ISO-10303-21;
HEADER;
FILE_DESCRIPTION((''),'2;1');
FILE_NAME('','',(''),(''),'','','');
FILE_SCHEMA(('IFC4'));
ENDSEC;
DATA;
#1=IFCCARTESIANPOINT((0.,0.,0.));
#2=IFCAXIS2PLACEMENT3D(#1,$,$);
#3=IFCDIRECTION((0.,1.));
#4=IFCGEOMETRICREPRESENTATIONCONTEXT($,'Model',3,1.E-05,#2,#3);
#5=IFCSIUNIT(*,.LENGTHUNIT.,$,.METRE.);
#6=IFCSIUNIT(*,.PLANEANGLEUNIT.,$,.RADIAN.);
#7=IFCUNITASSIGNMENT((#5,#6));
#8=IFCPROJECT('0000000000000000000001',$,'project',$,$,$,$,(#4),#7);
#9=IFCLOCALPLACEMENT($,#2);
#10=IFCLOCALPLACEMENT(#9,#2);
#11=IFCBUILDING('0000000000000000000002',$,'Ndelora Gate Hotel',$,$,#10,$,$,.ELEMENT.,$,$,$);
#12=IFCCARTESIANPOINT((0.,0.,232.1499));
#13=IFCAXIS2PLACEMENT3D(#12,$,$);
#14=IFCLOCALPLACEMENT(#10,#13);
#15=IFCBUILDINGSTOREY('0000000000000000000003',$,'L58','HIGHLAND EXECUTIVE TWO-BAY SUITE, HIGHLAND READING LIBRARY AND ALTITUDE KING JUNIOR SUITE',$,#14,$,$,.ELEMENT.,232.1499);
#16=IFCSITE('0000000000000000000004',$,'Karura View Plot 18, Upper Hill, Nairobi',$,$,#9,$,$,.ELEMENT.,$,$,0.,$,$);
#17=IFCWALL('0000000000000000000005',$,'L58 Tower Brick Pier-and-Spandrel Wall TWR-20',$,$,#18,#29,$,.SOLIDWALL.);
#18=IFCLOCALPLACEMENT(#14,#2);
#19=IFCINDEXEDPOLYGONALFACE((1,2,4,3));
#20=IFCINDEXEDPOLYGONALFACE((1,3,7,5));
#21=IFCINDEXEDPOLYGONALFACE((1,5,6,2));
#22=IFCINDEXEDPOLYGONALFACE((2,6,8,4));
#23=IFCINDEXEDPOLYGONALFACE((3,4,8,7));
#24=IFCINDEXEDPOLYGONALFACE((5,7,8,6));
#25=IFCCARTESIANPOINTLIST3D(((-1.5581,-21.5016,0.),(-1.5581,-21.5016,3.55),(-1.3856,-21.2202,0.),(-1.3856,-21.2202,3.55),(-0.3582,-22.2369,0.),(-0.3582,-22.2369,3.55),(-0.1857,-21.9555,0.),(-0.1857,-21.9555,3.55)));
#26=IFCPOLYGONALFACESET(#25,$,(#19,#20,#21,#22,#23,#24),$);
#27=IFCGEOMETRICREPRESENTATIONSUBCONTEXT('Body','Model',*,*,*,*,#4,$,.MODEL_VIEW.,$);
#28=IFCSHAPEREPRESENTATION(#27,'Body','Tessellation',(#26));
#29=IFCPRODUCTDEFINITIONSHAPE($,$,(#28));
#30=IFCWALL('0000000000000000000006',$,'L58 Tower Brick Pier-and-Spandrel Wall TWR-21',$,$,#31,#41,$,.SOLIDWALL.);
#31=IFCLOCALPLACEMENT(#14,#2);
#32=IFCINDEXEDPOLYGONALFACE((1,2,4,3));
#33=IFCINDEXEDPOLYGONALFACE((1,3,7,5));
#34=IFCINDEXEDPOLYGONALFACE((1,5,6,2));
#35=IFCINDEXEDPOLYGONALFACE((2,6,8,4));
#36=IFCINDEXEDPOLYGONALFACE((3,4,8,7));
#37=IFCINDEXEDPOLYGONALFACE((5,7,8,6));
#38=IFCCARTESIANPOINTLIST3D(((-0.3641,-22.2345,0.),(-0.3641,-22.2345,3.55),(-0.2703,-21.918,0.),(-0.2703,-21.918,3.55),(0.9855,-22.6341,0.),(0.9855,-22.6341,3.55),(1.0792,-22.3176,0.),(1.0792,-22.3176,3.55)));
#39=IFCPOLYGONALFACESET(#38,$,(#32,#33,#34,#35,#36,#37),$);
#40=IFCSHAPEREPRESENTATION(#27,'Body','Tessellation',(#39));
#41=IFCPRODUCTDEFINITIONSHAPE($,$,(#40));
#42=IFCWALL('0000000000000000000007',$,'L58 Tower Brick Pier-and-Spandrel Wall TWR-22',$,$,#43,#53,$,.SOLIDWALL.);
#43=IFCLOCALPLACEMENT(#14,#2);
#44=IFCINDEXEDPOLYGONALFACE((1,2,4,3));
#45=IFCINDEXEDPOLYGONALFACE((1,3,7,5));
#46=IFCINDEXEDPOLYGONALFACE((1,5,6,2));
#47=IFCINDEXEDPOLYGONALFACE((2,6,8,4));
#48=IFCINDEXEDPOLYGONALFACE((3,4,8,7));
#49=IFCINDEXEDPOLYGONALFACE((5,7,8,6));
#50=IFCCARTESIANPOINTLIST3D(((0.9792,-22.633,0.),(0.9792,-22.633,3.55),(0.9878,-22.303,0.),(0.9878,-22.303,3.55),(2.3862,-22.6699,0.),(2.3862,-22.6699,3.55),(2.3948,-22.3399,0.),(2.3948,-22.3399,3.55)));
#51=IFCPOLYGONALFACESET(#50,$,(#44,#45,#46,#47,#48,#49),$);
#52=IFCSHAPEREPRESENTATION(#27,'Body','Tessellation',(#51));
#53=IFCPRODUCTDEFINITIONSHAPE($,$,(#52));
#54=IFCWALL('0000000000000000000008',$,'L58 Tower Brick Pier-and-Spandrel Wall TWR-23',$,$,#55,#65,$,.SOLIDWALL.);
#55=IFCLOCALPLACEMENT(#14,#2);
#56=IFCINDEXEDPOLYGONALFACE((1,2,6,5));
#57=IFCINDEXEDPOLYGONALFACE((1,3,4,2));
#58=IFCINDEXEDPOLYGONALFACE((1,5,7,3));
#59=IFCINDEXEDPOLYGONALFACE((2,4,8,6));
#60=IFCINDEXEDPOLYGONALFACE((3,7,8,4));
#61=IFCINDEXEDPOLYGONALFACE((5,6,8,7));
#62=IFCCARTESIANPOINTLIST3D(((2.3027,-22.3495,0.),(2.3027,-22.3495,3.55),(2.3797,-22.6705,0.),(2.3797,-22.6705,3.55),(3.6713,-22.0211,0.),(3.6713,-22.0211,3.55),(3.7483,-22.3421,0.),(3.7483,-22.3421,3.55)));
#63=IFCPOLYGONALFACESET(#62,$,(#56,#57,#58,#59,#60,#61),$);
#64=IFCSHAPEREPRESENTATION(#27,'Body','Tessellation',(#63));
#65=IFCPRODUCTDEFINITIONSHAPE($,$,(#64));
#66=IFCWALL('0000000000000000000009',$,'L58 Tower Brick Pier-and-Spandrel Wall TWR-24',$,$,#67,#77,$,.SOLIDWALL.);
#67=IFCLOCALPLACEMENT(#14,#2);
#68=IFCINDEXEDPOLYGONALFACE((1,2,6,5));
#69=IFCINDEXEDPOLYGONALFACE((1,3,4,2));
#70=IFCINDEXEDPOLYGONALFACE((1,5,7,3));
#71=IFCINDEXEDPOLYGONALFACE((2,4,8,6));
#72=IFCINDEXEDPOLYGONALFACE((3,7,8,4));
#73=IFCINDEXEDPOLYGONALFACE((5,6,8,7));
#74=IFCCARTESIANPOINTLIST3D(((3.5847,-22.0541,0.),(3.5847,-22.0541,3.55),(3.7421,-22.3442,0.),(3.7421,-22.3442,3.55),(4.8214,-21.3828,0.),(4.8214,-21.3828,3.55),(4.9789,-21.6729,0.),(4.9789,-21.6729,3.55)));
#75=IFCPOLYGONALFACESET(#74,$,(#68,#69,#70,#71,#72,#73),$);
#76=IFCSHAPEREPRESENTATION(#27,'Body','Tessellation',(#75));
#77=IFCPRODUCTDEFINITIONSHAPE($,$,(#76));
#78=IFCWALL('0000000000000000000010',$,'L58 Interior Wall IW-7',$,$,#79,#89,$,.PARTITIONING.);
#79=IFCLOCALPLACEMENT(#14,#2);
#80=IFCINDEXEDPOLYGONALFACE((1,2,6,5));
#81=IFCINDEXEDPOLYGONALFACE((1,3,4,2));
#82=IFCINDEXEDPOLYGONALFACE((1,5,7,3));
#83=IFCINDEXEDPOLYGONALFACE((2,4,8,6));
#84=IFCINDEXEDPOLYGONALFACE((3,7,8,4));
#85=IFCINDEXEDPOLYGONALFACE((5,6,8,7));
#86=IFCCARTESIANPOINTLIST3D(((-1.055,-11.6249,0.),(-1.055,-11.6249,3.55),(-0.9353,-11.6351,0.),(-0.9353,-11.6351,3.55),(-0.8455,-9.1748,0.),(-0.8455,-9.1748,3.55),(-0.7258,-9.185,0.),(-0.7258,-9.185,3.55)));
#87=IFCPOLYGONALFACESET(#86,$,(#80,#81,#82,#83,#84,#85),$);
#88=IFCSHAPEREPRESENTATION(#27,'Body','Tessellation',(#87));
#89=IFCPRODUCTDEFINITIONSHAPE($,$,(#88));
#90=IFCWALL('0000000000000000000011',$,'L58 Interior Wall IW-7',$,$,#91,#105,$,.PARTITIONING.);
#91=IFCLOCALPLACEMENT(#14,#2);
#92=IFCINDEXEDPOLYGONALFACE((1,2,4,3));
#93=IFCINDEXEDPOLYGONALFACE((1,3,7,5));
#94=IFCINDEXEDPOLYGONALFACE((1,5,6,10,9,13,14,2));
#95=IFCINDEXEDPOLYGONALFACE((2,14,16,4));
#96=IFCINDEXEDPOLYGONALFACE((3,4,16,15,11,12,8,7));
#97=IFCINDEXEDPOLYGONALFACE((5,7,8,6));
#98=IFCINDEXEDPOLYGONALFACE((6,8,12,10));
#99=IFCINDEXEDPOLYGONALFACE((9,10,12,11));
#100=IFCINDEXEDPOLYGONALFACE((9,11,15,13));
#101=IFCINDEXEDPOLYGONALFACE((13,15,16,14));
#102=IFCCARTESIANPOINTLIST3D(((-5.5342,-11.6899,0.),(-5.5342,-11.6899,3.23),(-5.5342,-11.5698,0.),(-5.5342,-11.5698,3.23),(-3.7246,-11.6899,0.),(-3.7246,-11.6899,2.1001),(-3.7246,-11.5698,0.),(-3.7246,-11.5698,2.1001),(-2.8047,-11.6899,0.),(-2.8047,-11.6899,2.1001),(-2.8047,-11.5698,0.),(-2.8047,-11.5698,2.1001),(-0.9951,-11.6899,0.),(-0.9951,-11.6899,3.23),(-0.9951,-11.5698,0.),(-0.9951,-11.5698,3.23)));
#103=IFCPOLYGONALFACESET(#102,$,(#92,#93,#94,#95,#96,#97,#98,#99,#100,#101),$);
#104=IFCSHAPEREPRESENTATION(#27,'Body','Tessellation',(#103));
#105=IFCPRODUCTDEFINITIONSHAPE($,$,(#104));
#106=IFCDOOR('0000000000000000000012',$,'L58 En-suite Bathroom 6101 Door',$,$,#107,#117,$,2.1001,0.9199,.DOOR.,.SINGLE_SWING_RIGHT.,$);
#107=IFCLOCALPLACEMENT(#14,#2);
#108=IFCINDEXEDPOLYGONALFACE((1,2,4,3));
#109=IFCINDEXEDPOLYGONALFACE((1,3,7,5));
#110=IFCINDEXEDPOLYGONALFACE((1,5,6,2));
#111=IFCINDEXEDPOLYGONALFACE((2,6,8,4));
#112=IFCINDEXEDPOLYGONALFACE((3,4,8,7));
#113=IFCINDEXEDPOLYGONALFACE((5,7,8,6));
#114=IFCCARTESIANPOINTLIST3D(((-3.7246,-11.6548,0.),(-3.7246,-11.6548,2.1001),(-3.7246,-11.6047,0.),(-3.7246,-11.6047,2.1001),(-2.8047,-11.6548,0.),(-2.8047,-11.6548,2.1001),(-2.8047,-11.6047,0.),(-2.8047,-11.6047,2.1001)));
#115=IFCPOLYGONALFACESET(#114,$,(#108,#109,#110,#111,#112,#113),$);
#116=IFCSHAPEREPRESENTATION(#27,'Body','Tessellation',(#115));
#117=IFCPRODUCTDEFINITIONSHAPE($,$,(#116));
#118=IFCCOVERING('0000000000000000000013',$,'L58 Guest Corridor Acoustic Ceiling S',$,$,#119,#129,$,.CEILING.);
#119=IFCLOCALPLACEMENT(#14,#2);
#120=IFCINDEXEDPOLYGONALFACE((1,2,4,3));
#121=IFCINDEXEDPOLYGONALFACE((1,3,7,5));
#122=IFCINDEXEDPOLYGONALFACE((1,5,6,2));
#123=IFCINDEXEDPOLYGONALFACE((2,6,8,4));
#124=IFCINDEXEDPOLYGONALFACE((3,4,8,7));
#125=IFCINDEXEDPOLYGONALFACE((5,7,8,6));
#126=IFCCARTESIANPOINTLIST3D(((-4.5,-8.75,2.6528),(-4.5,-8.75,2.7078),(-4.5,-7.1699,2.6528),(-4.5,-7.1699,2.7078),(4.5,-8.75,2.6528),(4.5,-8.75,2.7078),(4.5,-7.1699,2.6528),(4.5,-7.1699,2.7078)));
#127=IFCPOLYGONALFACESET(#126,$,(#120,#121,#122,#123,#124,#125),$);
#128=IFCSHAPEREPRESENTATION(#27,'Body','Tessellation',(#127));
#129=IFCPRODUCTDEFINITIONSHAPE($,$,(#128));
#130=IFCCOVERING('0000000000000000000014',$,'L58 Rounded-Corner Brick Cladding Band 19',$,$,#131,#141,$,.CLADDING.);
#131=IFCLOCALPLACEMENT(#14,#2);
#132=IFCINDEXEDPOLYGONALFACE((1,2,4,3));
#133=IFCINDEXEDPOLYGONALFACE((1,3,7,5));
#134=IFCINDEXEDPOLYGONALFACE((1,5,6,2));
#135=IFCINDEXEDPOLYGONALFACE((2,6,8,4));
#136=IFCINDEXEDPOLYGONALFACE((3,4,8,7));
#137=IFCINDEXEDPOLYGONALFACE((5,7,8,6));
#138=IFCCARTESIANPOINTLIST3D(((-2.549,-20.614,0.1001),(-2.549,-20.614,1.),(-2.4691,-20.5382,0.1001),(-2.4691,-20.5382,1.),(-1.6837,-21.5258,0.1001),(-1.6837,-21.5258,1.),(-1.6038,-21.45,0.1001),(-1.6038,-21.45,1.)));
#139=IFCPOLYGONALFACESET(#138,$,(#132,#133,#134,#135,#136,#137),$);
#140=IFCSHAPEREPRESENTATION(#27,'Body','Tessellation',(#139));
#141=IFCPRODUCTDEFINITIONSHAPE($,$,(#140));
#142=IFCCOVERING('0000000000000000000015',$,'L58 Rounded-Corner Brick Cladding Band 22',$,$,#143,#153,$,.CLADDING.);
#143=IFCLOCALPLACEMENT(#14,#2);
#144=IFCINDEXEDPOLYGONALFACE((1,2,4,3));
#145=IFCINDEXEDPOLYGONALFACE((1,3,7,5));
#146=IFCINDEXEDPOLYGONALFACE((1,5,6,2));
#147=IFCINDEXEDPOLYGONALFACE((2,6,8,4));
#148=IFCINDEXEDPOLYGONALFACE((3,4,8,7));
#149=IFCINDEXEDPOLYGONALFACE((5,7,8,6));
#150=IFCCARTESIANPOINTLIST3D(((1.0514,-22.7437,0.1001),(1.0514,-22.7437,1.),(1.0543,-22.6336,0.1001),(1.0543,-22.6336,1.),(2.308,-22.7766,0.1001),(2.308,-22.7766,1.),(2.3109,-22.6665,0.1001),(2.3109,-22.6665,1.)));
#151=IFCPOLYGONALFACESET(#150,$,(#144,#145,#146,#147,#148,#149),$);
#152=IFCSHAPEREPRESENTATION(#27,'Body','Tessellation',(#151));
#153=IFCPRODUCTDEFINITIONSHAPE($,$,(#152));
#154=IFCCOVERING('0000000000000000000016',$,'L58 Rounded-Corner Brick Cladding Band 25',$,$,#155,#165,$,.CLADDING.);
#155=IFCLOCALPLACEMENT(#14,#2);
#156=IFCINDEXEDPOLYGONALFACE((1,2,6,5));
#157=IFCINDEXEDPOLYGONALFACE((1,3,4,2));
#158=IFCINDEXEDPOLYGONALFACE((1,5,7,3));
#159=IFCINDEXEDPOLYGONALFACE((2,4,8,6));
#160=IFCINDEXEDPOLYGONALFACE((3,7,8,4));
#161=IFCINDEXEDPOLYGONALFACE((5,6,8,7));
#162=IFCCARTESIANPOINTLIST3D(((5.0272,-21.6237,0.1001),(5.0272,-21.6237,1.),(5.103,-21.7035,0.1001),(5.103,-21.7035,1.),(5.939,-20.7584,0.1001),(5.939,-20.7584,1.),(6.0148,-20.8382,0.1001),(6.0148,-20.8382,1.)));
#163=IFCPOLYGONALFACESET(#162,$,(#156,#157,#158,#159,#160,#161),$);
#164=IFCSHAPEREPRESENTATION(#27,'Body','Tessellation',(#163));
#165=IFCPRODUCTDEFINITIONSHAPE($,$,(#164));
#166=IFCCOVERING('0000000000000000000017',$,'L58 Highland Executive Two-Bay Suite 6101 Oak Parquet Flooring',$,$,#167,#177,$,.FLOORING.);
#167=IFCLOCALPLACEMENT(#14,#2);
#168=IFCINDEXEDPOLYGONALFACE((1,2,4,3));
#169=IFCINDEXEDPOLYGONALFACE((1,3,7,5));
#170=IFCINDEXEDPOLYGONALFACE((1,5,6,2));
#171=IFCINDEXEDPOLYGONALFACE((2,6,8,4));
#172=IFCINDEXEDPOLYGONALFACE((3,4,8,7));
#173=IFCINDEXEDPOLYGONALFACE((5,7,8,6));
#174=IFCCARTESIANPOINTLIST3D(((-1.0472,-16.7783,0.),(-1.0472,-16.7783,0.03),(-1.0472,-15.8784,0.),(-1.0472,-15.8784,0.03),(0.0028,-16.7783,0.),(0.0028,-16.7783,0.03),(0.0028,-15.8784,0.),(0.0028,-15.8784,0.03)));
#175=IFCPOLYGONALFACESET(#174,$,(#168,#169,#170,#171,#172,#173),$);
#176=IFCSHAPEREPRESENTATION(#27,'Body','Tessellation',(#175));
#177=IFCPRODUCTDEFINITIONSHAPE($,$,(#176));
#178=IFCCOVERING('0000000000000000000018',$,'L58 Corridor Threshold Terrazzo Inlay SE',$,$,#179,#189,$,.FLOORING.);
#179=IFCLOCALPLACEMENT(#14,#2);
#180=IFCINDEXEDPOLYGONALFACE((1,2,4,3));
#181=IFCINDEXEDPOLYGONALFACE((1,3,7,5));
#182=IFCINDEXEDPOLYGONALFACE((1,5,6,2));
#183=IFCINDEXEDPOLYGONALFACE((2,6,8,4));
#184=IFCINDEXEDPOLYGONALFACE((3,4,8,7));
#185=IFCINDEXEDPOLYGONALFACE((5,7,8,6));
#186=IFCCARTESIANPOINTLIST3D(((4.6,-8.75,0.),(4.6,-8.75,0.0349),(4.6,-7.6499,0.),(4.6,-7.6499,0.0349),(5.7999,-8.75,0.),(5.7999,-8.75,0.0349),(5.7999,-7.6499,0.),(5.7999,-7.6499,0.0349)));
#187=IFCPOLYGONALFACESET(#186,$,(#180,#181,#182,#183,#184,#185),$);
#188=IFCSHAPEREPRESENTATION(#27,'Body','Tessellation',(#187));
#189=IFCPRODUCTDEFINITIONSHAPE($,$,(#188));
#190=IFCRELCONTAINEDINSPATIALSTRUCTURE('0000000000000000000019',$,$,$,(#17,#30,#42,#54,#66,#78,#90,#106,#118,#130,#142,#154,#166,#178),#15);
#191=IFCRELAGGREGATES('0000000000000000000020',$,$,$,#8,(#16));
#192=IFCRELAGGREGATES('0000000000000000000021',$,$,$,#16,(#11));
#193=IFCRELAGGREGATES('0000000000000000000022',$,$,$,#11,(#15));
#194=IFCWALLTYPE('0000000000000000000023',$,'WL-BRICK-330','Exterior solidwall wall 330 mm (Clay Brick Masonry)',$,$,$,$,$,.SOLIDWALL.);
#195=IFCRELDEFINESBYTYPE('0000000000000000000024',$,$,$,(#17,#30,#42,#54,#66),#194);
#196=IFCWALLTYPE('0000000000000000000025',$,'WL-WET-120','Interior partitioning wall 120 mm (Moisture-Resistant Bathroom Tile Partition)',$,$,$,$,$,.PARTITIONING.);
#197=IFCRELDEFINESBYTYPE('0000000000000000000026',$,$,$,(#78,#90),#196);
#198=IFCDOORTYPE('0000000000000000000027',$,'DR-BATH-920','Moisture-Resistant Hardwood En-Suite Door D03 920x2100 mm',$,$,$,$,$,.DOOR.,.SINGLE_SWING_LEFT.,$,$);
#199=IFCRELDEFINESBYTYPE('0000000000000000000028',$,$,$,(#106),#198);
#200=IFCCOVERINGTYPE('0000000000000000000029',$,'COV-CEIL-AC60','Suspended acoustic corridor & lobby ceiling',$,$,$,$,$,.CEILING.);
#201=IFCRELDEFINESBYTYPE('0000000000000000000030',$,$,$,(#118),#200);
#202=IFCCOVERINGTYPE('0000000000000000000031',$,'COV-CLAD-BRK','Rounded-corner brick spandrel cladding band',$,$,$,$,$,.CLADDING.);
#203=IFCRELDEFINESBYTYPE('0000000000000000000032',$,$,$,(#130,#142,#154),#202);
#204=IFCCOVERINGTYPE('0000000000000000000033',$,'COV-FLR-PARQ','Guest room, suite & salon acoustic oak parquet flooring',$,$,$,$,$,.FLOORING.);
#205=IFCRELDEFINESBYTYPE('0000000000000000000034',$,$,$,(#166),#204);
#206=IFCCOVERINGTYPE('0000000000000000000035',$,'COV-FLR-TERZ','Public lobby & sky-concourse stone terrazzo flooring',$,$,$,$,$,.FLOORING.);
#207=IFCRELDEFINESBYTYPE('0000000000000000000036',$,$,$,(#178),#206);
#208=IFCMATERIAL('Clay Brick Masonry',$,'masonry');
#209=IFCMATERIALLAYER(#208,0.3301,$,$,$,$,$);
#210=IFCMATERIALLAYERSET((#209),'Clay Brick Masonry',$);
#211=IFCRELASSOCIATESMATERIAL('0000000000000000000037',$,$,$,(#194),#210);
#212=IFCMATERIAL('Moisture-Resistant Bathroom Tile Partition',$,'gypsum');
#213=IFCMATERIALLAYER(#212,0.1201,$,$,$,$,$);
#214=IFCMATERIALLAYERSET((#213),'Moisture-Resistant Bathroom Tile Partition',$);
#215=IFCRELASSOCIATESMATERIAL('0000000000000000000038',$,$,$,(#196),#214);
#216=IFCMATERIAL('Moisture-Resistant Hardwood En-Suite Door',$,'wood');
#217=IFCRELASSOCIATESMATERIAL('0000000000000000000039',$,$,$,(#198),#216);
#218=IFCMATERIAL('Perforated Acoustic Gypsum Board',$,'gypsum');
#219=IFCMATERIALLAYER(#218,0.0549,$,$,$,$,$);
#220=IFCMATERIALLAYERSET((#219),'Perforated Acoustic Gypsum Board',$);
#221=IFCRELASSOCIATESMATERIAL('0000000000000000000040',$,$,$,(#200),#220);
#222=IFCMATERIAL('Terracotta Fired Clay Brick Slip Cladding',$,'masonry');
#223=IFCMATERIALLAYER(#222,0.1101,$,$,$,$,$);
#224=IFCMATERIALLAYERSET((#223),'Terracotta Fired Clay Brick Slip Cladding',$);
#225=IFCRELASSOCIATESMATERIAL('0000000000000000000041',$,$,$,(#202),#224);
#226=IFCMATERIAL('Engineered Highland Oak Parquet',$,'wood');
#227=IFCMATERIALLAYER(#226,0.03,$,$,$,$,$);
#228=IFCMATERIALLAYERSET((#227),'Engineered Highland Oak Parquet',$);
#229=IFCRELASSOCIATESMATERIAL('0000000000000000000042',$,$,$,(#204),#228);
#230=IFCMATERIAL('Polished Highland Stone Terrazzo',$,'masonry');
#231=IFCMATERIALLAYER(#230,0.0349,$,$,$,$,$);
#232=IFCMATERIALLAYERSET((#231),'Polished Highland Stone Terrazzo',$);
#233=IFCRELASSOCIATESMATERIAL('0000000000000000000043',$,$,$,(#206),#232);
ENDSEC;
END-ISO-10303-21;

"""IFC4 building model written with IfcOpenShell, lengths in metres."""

from ifc_helpers import new_model, si_unit, direction, frame, frame_2d, origin, origin_2d, place, context, subcontext, project, spatial, rectangle, extrude, material, layer, layer_set, type_object, element, fill, save


model = new_model("IFC4")

# Units and contexts
model_context = context("Model", 3, precision=1e-05, world=origin(), true_north=direction((0.0, 1.0)))
body_context = subcontext(model_context, "Body", "Model", "MODEL_VIEW")
ifc_project = project(units=[si_unit("LENGTHUNIT", "METRE"), si_unit("PLANEANGLEUNIT", "RADIAN")], contexts=[model_context])

# Site, building, storey
site_placement = place(None, origin())
site = spatial("IfcSite", under=ifc_project, at=site_placement, Name="Karura View Plot 18, Upper Hill, Nairobi", CompositionType="ELEMENT", RefElevation=0.0)
building_placement = place(site_placement, origin())
building = spatial("IfcBuilding", under=site, at=building_placement, Name="Ndelora Gate Hotel", CompositionType="ELEMENT")
storey_placement = place(building_placement, frame((0.0, 0.0, 232.1499)))
storey = spatial("IfcBuildingStorey", under=building, at=storey_placement, Name="L58", Description="HIGHLAND EXECUTIVE TWO-BAY SUITE, HIGHLAND READING LIBRARY AND ALTITUDE KING JUNIOR SUITE", CompositionType="ELEMENT", Elevation=232.1499)

# Walls
ifc_material_1 = material(Name="Clay Brick Masonry", Category="masonry")
ifc_layer_1 = layer(ifc_material_1, 0.3301)
ifc_layer_set_1 = layer_set([ifc_layer_1], Name="Clay Brick Masonry")
wall_type_1 = type_object("IfcWallType", Name="WL-BRICK-330", Description="Exterior solidwall wall 330 mm (Clay Brick Masonry)", PredefinedType="SOLIDWALL", material=ifc_layer_set_1)
wall_1_placement = place(storey_placement, frame((-0.272, -22.0962, 0.0), z_axis=(0.0, 0.0, 1.0), x_axis=(-0.852634, 0.522509, 0.0)))
element("IfcWall", 1, at=wall_1_placement, inside=storey, type_object=wall_type_1, Name="L58 Tower Brick Pier-and-Spandrel Wall TWR-20", PredefinedType="SOLIDWALL", context=body_context, shape_type="SweptSolid", body=[
    extrude(rectangle(XDim=1.4072, YDim=0.3301, at=frame_2d((0.7036, 0.0))), origin(), (0.0, 0.0, 1.0), 3.55),
])
for number, where, z_axis, x_axis, name in (
    (2, (1.0322, -22.4758, 0.0), (0.0, 0.0, 1.0), (-0.958842, 0.283941, 0.0), "L58 Tower Brick Pier-and-Spandrel Wall TWR-21"),
    (3, (2.3904, -22.5049, 0.0), (0.0, 0.0, 1.0), (-0.999657, 0.026193, 0.0), "L58 Tower Brick Pier-and-Spandrel Wall TWR-22"),
    (4, (3.7097, -22.1816, 0.0), (0.0, 0.0, 1.0), (-0.972405, -0.233301, 0.0), "L58 Tower Brick Pier-and-Spandrel Wall TWR-23"),
):
    element("IfcWall", number, at=place(storey_placement, frame(where, z_axis=z_axis, x_axis=x_axis)), inside=storey, type_object=wall_type_1, Name=name, PredefinedType="SOLIDWALL", context=body_context, shape_type="SweptSolid", body=[
        extrude(rectangle(XDim=1.4075, YDim=0.3301, at=frame_2d((0.7036, 0.0))), origin(), (0.0, 0.0, 1.0), 3.55),
    ])
wall_2_placement = place(storey_placement, frame((4.9001, -21.5278, 0.0), z_axis=(0.0, 0.0, 1.0), x_axis=(-0.878862, -0.477077, 0.0)))
element("IfcWall", 5, at=wall_2_placement, inside=storey, type_object=wall_type_1, Name="L58 Tower Brick Pier-and-Spandrel Wall TWR-24", PredefinedType="SOLIDWALL", context=body_context, shape_type="SweptSolid", body=[
    extrude(rectangle(XDim=1.4072, YDim=0.3301, at=frame_2d((0.7036, 0.0))), origin(), (0.0, 0.0, 1.0), 3.55),
])
ifc_material_2 = material(Name="Moisture-Resistant Bathroom Tile Partition", Category="gypsum")
ifc_layer_2 = layer(ifc_material_2, 0.1201)
ifc_layer_set_2 = layer_set([ifc_layer_2], Name="Moisture-Resistant Bathroom Tile Partition")
wall_type_2 = type_object("IfcWallType", Name="WL-WET-120", Description="Interior partitioning wall 120 mm (Moisture-Resistant Bathroom Tile Partition)", PredefinedType="PARTITIONING", material=ifc_layer_set_2)
wall_3_placement = place(storey_placement, frame((-0.7856, -9.1799, 0.0), z_axis=(0.0, 0.0, 1.0), x_axis=(-0.08519, -0.996365, 0.0)))
element("IfcWall", 6, at=wall_3_placement, inside=storey, type_object=wall_type_2, Name="L58 Interior Wall IW-7", PredefinedType="PARTITIONING", context=body_context, shape_type="SweptSolid", body=[
    extrude(rectangle(XDim=2.459, YDim=0.1201, at=frame_2d((1.2295, 0.0))), origin(), (0.0, 0.0, 1.0), 3.55),
])

# Wall, opening, door
wall_4_placement = place(storey_placement, frame((-0.9951, -11.6299, 0.0), z_axis=(0.0, 0.0, 1.0), x_axis=(-1.0, 0.0, 0.0)))
wall_4 = element("IfcWall", 7, at=wall_4_placement, inside=storey, type_object=wall_type_2, Name="L58 Interior Wall IW-7", PredefinedType="PARTITIONING", context=body_context, shape_type="SweptSolid", body=[
    extrude(rectangle(XDim=4.5391, YDim=0.1201, at=frame_2d((2.2695, 0.0))), origin(), (0.0, 0.0, 1.0), 3.23),
])
opening_placement = place(wall_4_placement, frame((1.8096, 0.0, 0.0)))
opening = element("IfcOpeningElement", 8, at=opening_placement, cuts=wall_4, PredefinedType="OPENING", context=body_context, shape_type="SweptSolid", body=[
    extrude(rectangle(XDim=0.9199, YDim=2.1001, at=frame_2d((0.46, 1.05))), frame((0.0, 0.0701, 0.0), z_axis=(0.0, -1.0, 0.0), x_axis=(1.0, 0.0, 0.0)), (0.0, 0.0, 1.0), 0.1401),
])
ifc_material_3 = material(Name="Moisture-Resistant Hardwood En-Suite Door", Category="wood")
door_type = type_object("IfcDoorType", Name="DR-BATH-920", Description="Moisture-Resistant Hardwood En-Suite Door D03 920x2100 mm", OperationType="SINGLE_SWING_LEFT", PredefinedType="DOOR", material=ifc_material_3)
door_placement = place(opening_placement, origin())
door = element("IfcDoor", 9, at=door_placement, inside=storey, type_object=door_type, Name="L58 En-suite Bathroom 6101 Door", OperationType="SINGLE_SWING_RIGHT", OverallHeight=2.1001, OverallWidth=0.9199, PredefinedType="DOOR", context=body_context, shape_type="SweptSolid", body=[
    extrude(rectangle(XDim=0.9199, YDim=2.1001, at=frame_2d((0.46, 1.05))), frame((0.0, 0.0249, 0.0), z_axis=(0.0, -1.0, 0.0), x_axis=(1.0, 0.0, 0.0)), (0.0, 0.0, 1.0), 0.05),
])
fill(opening, door)

# Coverings
ifc_material_4 = material(Name="Perforated Acoustic Gypsum Board", Category="gypsum")
ifc_layer_3 = layer(ifc_material_4, 0.0549)
ifc_layer_set_3 = layer_set([ifc_layer_3], Name="Perforated Acoustic Gypsum Board")
covering_type_1 = type_object("IfcCoveringType", Name="COV-CEIL-AC60", Description="Suspended acoustic corridor & lobby ceiling", PredefinedType="CEILING", material=ifc_layer_set_3)
covering_1_placement = place(storey_placement, frame((0.0, -7.96, 2.6528), z_axis=(0.0, 0.0, 1.0), x_axis=(1.0, 0.0, 0.0)))
element("IfcCovering", 10, at=covering_1_placement, inside=storey, type_object=covering_type_1, Name="L58 Guest Corridor Acoustic Ceiling S", PredefinedType="CEILING", context=body_context, shape_type="SweptSolid", body=[
    extrude(rectangle(XDim=9.0, YDim=1.5801, at=origin_2d()), origin(), (0.0, 0.0, 1.0), 0.0549),
])
ifc_material_5 = material(Name="Terracotta Fired Clay Brick Slip Cladding", Category="masonry")
ifc_layer_4 = layer(ifc_material_5, 0.1101)
ifc_layer_set_4 = layer_set([ifc_layer_4], Name="Terracotta Fired Clay Brick Slip Cladding")
covering_type_2 = type_object("IfcCoveringType", Name="COV-CLAD-BRK", Description="Rounded-corner brick spandrel cladding band", PredefinedType="CLADDING", material=ifc_layer_set_4)
for number, where, z_axis, x_axis, name in (
    (11, (-2.0764, -21.032, 0.1001), (0.0, 0.0, 1.0), (-0.688355, 0.725374, 0.0), "L58 Rounded-Corner Brick Cladding Band 19"),
    (12, (1.6812, -22.7051, 0.1001), (0.0, 0.0, 1.0), (-0.999657, 0.026177, 0.0), "L58 Rounded-Corner Brick Cladding Band 22"),
    (13, (5.521, -21.231, 0.1001), (0.0, 0.0, 1.0), (0.725374, 0.688355, 0.0), "L58 Rounded-Corner Brick Cladding Band 25"),
):
    element("IfcCovering", number, at=place(storey_placement, frame(where, z_axis=z_axis, x_axis=x_axis)), inside=storey, type_object=covering_type_2, Name=name, PredefinedType="CLADDING", context=body_context, shape_type="SweptSolid", body=[
        extrude(rectangle(XDim=1.2571, YDim=0.1101, at=origin_2d()), origin(), (0.0, 0.0, 1.0), 0.8999),
    ])
ifc_material_6 = material(Name="Engineered Highland Oak Parquet", Category="wood")
ifc_layer_5 = layer(ifc_material_6, 0.03)
ifc_layer_set_5 = layer_set([ifc_layer_5], Name="Engineered Highland Oak Parquet")
covering_type_3 = type_object("IfcCoveringType", Name="COV-FLR-PARQ", Description="Guest room, suite & salon acoustic oak parquet flooring", PredefinedType="FLOORING", material=ifc_layer_set_5)
covering_2_placement = place(storey_placement, frame((-0.5222, -16.3284, 0.0), z_axis=(0.0, 0.0, 1.0), x_axis=(1.0, 0.0, 0.0)))
element("IfcCovering", 14, at=covering_2_placement, inside=storey, type_object=covering_type_3, Name="L58 Highland Executive Two-Bay Suite 6101 Oak Parquet Flooring", PredefinedType="FLOORING", context=body_context, shape_type="SweptSolid", body=[
    extrude(rectangle(XDim=1.05, YDim=0.8999, at=origin_2d()), origin(), (0.0, 0.0, 1.0), 0.03),
])
ifc_material_7 = material(Name="Polished Highland Stone Terrazzo", Category="masonry")
ifc_layer_6 = layer(ifc_material_7, 0.0349)
ifc_layer_set_6 = layer_set([ifc_layer_6], Name="Polished Highland Stone Terrazzo")
covering_type_4 = type_object("IfcCoveringType", Name="COV-FLR-TERZ", Description="Public lobby & sky-concourse stone terrazzo flooring", PredefinedType="FLOORING", material=ifc_layer_set_6)
covering_3_placement = place(storey_placement, frame((5.2, -8.2, 0.0), z_axis=(0.0, 0.0, 1.0), x_axis=(1.0, 0.0, 0.0)))
element("IfcCovering", 15, at=covering_3_placement, inside=storey, type_object=covering_type_4, Name="L58 Corridor Threshold Terrazzo Inlay SE", PredefinedType="FLOORING", context=body_context, shape_type="SweptSolid", body=[
    extrude(rectangle(XDim=1.2, YDim=1.1001, at=origin_2d()), origin(), (0.0, 0.0, 1.0), 0.0349),
])

save(model, "model.ifc")
